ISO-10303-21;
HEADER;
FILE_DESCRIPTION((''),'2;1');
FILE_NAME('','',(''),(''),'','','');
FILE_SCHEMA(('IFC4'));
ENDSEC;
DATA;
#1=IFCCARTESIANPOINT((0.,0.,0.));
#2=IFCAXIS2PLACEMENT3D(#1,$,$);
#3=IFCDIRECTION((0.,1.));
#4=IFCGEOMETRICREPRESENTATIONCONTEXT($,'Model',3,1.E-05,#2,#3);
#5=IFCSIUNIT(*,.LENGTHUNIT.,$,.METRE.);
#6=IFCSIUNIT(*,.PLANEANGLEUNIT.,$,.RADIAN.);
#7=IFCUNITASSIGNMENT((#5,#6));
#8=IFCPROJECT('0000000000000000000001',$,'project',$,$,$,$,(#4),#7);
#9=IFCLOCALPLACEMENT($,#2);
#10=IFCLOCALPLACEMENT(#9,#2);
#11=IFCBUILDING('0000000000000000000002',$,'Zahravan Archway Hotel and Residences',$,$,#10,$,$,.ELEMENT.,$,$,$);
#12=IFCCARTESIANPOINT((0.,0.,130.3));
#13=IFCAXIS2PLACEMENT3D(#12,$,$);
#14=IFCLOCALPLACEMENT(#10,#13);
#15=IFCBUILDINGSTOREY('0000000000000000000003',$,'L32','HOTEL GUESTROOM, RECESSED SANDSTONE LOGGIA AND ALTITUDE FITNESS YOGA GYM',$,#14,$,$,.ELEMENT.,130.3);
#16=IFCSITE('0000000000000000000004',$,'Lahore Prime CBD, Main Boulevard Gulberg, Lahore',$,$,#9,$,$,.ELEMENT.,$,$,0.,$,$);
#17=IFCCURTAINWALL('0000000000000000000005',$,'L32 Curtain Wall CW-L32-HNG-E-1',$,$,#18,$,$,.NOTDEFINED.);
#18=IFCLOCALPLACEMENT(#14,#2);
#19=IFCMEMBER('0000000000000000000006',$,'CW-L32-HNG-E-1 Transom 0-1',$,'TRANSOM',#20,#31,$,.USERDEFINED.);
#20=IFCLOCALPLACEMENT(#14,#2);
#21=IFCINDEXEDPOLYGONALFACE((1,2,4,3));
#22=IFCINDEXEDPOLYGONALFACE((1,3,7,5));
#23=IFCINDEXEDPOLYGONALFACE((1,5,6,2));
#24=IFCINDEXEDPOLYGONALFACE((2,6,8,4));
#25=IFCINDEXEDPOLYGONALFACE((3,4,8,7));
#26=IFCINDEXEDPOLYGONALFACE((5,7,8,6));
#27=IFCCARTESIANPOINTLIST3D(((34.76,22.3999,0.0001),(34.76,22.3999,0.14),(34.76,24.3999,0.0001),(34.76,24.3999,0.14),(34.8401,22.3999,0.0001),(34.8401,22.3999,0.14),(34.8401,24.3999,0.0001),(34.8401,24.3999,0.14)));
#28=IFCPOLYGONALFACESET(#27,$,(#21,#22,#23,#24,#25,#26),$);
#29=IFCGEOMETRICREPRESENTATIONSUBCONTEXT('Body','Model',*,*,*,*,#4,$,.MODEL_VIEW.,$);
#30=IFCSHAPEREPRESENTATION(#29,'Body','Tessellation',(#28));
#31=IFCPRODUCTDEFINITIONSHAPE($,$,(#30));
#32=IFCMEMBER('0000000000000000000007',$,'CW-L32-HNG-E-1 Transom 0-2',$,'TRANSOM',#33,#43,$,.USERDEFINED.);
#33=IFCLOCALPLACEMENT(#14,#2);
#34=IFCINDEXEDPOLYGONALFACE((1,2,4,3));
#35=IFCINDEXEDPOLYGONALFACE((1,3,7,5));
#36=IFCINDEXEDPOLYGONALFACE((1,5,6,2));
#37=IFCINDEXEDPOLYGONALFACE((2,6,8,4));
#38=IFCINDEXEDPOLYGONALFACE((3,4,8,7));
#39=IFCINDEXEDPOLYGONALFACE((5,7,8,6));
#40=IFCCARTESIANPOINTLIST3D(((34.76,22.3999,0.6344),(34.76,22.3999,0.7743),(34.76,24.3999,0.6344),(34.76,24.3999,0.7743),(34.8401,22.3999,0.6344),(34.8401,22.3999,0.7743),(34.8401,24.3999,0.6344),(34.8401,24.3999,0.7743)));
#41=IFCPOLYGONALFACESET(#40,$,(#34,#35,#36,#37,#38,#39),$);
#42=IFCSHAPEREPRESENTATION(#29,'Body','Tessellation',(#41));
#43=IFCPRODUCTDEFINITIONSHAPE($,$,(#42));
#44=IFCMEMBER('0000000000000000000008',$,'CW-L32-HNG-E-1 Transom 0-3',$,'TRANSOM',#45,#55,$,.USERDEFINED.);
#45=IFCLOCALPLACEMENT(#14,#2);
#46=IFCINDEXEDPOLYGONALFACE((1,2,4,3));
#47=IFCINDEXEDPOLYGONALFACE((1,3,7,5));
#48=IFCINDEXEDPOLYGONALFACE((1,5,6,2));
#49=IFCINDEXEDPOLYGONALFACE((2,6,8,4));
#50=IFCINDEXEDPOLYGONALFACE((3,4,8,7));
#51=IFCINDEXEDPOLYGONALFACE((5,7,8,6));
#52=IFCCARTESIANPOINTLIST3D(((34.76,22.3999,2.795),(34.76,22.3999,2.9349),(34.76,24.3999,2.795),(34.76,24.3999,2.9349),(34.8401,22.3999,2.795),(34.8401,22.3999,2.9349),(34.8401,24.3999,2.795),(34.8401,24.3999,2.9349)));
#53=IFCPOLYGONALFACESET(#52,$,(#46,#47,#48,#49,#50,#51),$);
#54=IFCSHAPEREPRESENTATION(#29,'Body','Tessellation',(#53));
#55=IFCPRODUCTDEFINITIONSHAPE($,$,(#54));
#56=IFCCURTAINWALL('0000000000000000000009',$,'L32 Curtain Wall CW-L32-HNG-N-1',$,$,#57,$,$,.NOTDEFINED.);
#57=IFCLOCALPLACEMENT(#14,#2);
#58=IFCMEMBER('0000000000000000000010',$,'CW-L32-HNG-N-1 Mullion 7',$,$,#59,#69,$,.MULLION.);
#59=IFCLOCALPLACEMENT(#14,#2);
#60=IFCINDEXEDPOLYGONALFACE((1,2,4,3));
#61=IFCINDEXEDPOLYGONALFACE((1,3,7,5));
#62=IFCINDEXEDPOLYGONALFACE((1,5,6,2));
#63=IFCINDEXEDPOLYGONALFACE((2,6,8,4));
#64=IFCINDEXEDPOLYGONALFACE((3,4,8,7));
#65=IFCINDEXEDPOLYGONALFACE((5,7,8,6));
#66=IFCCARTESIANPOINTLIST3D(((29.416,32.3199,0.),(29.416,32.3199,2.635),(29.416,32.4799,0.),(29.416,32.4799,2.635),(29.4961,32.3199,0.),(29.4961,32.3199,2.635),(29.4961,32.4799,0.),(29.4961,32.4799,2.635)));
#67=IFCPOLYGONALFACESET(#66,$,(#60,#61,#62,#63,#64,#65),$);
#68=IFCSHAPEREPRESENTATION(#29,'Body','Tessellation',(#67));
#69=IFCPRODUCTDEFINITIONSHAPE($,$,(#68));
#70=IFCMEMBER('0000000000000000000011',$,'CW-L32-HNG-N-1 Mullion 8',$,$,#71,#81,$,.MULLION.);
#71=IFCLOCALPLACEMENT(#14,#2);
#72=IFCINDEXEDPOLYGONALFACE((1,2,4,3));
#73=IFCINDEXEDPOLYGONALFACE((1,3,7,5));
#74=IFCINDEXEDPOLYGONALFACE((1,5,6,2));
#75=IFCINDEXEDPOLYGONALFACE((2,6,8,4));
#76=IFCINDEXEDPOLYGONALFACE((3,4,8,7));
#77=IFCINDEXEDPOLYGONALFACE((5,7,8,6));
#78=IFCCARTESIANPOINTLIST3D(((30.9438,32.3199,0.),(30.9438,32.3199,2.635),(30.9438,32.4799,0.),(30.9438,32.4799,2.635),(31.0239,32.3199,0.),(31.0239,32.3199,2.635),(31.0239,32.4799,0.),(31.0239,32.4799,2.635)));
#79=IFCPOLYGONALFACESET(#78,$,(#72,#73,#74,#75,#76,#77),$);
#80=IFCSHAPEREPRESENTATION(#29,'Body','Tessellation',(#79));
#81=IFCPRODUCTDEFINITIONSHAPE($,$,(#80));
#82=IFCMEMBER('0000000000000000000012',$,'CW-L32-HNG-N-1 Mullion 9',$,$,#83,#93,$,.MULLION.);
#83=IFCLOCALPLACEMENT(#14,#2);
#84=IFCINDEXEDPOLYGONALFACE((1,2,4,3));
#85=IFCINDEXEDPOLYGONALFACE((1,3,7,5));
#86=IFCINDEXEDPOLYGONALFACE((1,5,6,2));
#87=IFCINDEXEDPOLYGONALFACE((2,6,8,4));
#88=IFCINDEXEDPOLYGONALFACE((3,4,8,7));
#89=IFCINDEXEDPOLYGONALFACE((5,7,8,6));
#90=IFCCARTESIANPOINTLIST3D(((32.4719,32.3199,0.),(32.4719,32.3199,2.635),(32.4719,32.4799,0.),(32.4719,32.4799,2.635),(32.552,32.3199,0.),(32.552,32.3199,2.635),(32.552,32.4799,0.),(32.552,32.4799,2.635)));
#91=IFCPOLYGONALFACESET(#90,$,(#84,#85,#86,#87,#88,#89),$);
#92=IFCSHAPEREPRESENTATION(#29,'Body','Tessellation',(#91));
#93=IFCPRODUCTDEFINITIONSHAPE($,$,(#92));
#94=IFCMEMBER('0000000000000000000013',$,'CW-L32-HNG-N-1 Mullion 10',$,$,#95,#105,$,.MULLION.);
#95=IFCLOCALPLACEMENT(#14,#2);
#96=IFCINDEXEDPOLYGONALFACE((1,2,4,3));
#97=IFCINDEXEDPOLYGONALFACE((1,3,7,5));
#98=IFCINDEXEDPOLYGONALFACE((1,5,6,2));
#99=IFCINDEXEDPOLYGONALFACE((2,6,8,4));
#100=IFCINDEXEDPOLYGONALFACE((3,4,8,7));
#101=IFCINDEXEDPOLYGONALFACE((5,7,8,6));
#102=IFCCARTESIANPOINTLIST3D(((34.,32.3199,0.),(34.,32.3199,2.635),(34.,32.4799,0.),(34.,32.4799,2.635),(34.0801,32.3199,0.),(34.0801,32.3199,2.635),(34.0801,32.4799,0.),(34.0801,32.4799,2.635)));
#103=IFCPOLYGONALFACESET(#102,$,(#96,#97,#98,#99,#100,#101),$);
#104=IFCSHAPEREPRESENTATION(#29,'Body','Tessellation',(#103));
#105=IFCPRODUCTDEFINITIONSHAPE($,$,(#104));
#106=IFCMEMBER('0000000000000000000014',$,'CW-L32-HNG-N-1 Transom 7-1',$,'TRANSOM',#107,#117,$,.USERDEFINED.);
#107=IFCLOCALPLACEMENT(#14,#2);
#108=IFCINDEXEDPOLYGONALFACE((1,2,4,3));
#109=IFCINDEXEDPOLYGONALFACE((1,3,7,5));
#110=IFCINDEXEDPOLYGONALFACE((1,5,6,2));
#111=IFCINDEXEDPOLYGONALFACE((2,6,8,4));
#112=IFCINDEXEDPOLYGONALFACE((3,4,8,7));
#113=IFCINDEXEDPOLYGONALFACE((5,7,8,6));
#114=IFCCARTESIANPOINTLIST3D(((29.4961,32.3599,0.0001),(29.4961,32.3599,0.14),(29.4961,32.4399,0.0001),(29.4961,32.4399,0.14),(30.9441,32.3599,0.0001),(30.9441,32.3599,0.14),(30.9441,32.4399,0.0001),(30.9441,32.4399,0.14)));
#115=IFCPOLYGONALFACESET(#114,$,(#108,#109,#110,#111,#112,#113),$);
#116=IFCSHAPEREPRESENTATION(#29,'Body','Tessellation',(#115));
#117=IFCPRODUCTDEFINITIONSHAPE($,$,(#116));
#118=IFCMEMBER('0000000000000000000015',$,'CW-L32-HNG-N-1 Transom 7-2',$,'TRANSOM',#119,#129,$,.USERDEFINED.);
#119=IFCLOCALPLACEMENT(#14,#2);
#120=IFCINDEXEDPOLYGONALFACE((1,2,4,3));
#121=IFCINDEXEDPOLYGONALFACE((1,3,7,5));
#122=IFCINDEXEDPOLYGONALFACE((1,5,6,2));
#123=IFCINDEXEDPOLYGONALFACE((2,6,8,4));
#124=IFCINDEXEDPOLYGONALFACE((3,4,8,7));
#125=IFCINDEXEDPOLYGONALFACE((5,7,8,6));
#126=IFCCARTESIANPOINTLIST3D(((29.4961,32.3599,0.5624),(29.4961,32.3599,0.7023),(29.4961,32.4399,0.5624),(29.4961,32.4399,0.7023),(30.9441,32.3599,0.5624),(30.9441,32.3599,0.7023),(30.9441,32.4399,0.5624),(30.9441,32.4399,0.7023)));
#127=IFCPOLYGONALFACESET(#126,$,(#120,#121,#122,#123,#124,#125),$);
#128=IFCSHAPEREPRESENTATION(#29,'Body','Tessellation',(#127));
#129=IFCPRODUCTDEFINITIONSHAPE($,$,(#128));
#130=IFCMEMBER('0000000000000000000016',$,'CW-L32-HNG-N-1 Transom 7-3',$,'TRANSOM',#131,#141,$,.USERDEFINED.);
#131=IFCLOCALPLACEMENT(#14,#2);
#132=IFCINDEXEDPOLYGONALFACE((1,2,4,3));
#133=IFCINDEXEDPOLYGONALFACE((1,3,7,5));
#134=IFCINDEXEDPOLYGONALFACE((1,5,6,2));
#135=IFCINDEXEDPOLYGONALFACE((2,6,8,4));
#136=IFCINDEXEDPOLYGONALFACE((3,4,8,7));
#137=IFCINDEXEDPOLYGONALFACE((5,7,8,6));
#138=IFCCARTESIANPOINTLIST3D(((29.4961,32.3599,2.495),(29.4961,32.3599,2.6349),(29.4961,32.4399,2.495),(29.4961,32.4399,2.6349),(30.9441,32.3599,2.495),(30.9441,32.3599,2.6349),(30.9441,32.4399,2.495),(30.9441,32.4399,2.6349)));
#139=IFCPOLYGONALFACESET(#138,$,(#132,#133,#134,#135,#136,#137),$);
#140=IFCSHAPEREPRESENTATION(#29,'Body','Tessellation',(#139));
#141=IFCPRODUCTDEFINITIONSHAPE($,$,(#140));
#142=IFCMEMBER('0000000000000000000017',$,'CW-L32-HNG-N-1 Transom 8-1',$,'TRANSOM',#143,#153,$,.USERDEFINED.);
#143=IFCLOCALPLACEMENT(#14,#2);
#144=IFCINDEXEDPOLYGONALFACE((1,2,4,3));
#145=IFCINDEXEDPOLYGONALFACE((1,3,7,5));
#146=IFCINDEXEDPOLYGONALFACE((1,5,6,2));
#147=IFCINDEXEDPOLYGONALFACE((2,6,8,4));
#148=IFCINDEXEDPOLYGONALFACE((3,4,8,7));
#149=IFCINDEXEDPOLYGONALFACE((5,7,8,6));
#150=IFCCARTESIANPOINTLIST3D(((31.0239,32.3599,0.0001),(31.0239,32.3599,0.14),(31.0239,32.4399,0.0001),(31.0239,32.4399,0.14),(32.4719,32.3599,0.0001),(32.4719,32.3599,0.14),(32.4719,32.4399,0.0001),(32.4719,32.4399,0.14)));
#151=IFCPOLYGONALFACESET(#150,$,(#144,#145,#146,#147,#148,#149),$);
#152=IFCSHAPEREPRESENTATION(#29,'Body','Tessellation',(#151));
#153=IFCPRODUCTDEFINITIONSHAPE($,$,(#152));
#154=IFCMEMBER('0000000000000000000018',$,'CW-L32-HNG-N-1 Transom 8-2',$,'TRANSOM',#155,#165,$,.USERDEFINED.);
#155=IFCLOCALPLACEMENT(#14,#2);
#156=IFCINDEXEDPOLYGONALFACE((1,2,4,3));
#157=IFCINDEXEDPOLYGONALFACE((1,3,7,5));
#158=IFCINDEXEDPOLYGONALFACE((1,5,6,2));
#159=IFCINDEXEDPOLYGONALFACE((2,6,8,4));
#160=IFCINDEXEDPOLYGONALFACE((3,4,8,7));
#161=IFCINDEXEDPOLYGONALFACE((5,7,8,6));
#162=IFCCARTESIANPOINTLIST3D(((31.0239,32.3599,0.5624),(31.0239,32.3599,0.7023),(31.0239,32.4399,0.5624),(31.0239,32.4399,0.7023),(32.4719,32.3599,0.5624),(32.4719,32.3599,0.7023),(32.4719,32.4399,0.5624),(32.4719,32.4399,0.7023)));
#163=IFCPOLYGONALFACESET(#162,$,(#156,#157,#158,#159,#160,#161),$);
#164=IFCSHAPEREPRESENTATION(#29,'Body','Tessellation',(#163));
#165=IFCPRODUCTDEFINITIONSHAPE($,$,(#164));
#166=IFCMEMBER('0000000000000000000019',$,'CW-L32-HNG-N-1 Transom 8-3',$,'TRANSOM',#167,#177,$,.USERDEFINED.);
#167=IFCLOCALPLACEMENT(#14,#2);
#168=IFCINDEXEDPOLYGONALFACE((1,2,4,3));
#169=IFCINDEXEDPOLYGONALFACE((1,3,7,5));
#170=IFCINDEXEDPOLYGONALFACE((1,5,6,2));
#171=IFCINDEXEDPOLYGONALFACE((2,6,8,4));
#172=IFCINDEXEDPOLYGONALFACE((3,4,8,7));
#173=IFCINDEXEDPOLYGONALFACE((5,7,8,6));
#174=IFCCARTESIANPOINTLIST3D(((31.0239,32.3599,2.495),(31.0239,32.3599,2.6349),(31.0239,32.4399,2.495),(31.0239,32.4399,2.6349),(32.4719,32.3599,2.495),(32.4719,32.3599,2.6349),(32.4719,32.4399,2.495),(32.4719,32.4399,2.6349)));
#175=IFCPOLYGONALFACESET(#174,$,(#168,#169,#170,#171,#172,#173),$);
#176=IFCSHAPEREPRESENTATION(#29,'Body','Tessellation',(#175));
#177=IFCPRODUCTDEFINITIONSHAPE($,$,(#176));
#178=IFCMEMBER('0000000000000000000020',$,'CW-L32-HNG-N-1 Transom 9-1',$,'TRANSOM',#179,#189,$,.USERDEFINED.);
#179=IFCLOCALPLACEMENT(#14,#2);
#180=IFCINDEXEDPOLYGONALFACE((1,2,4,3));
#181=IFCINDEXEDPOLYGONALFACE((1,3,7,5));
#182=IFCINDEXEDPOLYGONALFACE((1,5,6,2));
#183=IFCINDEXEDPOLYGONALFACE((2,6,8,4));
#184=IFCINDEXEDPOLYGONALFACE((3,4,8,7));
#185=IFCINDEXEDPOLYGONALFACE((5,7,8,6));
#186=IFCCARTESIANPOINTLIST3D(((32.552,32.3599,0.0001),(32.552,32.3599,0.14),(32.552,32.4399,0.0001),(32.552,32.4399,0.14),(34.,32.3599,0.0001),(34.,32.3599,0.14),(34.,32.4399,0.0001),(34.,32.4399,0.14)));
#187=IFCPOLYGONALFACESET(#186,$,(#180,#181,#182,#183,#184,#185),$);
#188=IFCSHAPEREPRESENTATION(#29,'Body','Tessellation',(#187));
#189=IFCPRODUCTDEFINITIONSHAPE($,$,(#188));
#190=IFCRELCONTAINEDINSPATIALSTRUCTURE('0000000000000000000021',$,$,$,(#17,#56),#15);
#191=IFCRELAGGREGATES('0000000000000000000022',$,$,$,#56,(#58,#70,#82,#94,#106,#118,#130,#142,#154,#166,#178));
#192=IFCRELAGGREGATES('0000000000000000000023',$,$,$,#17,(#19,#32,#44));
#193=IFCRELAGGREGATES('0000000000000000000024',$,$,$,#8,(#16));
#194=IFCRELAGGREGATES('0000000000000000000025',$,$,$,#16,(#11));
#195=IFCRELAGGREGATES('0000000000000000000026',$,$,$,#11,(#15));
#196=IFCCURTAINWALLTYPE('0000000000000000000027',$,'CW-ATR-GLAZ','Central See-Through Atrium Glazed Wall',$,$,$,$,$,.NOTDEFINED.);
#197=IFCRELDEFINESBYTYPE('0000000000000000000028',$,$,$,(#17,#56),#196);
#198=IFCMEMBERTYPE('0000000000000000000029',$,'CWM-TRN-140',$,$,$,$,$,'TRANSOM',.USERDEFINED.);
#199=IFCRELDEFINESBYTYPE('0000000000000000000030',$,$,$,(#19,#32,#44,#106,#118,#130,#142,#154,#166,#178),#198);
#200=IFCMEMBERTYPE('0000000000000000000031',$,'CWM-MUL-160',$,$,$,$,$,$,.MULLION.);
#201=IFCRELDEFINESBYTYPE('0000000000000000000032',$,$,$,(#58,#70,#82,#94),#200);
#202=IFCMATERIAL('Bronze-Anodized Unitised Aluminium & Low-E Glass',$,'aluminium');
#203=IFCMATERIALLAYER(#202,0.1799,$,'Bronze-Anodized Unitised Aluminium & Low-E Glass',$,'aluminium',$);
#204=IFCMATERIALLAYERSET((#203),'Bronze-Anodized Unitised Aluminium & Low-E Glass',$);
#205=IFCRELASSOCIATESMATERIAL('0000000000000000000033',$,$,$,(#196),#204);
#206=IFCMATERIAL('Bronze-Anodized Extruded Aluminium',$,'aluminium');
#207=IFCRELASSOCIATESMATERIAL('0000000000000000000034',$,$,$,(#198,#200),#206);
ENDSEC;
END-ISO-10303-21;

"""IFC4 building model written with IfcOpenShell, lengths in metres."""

from ifc_helpers import new_model, si_unit, direction, frame, origin, origin_2d, place, context, subcontext, project, spatial, rectangle, extrude, source, transform, mapped, material, layer, layer_set, material_profile, profile_set, type_object, element, aggregate, save


model = new_model("IFC4")

# Units and contexts
model_context = context("Model", 3, precision=1e-05, world=origin(), true_north=direction((0.0, 1.0)))
body_context = subcontext(model_context, "Body", "Model", "MODEL_VIEW")
ifc_project = project(units=[si_unit("LENGTHUNIT", "METRE"), si_unit("PLANEANGLEUNIT", "RADIAN")], contexts=[model_context])

# Site, building, storey
site_placement = place(None, origin())
site = spatial("IfcSite", under=ifc_project, at=site_placement, Name="Lahore Prime CBD, Main Boulevard Gulberg, Lahore", CompositionType="ELEMENT", RefElevation=0.0)
building_placement = place(site_placement, origin())
building = spatial("IfcBuilding", under=site, at=building_placement, Name="Zahravan Archway Hotel and Residences", CompositionType="ELEMENT")
storey_placement = place(building_placement, frame((0.0, 0.0, 130.3)))
storey = spatial("IfcBuildingStorey", under=building, at=storey_placement, Name="L32", Description="HOTEL GUESTROOM, RECESSED SANDSTONE LOGGIA AND ALTITUDE FITNESS YOGA GYM", CompositionType="ELEMENT", Elevation=130.3)

# Curtain walls, members
ifc_material_1 = material(Name="Bronze-Anodized Unitised Aluminium & Low-E Glass", Category="aluminium")
ifc_layer_1 = layer(ifc_material_1, 0.1799, Name="Bronze-Anodized Unitised Aluminium & Low-E Glass", Category="aluminium")
ifc_layer_set_1 = layer_set([ifc_layer_1], Name="Bronze-Anodized Unitised Aluminium & Low-E Glass")
curtain_wall_type = type_object("IfcCurtainWallType", Name="CW-ATR-GLAZ", Description="Central See-Through Atrium Glazed Wall", PredefinedType="NOTDEFINED", material=ifc_layer_set_1)
curtain_wall_1_placement = place(storey_placement, origin())
curtain_wall_1 = element("IfcCurtainWall", 1, at=curtain_wall_1_placement, inside=storey, type_object=curtain_wall_type, Name="L32 Curtain Wall CW-L32-HNG-E-1", PredefinedType="NOTDEFINED")
ifc_material_2 = material(Name="Bronze-Anodized Extruded Aluminium", Category="aluminium")
ifc_material_profile_1 = material_profile(ifc_material_2, rectangle(XDim=0.0801, YDim=0.1399, at=origin_2d()), Name="TRN 80x140", Category="aluminium")
ifc_profile_set_1 = profile_set([ifc_material_profile_1], Name="Bronze-Anodized Extruded Aluminium")
member_type_1 = type_object("IfcMemberType", Name="CWM-TRN-140", ElementType="TRANSOM", PredefinedType="USERDEFINED", material=ifc_profile_set_1)
shared_shape_1 = source(origin(), body_context, "Body", "SweptSolid", [
    extrude(rectangle(XDim=0.0801, YDim=0.1399, at=origin_2d()), origin(), (0.0, 0.0, 1.0), 2.0),
])
member_1_placement = place(storey_placement, frame((34.8, 22.3999, 0.0701), z_axis=(0.0, 1.0, 0.0), x_axis=(-1.0, 0.0, 0.0)))
member_1 = element("IfcMember", 2, at=member_1_placement, type_object=member_type_1, Name="CW-L32-HNG-E-1 Transom 0-1", ObjectType="TRANSOM", PredefinedType="USERDEFINED", context=body_context, shape_type="MappedRepresentation", body=[
    mapped(shared_shape_1, transform((0.0, 0.0, 0.0), scale=1.0)),
])
member_2_placement = place(storey_placement, frame((34.8, 22.3999, 0.7043), z_axis=(0.0, 1.0, 0.0), x_axis=(-1.0, 0.0, 0.0)))
member_2 = element("IfcMember", 3, at=member_2_placement, type_object=member_type_1, Name="CW-L32-HNG-E-1 Transom 0-2", ObjectType="TRANSOM", PredefinedType="USERDEFINED", context=body_context, shape_type="MappedRepresentation", body=[
    mapped(shared_shape_1, transform((0.0, 0.0, 0.0), scale=1.0)),
])
member_3_placement = place(storey_placement, frame((34.8, 22.3999, 2.865), z_axis=(0.0, 1.0, 0.0), x_axis=(-1.0, 0.0, 0.0)))
member_3 = element("IfcMember", 4, at=member_3_placement, type_object=member_type_1, Name="CW-L32-HNG-E-1 Transom 0-3", ObjectType="TRANSOM", PredefinedType="USERDEFINED", context=body_context, shape_type="MappedRepresentation", body=[
    mapped(shared_shape_1, transform((0.0, 0.0, 0.0), scale=1.0)),
])
curtain_wall_2_placement = place(storey_placement, origin())
curtain_wall_2 = element("IfcCurtainWall", 5, at=curtain_wall_2_placement, inside=storey, type_object=curtain_wall_type, Name="L32 Curtain Wall CW-L32-HNG-N-1", PredefinedType="NOTDEFINED")
ifc_material_profile_2 = material_profile(ifc_material_2, rectangle(XDim=0.0801, YDim=0.1599, at=origin_2d()), Name="MUL 80x160", Category="aluminium")
ifc_profile_set_2 = profile_set([ifc_material_profile_2], Name="Bronze-Anodized Extruded Aluminium")
member_type_2 = type_object("IfcMemberType", Name="CWM-MUL-160", PredefinedType="MULLION", material=ifc_profile_set_2)
shared_shape_2 = source(origin(), body_context, "Body", "SweptSolid", [
    extrude(rectangle(XDim=0.0801, YDim=0.1599, at=origin_2d()), origin(), (0.0, 0.0, 1.0), 2.635),
])
member_4_placement = place(storey_placement, frame((29.4561, 32.3999, 0.0), z_axis=(0.0, 0.0, 1.0), x_axis=(1.0, 0.0, 0.0)))
member_4 = element("IfcMember", 6, at=member_4_placement, type_object=member_type_2, Name="CW-L32-HNG-N-1 Mullion 7", PredefinedType="MULLION", context=body_context, shape_type="MappedRepresentation", body=[
    mapped(shared_shape_2, transform((0.0, 0.0, 0.0), scale=1.0)),
])
member_5_placement = place(storey_placement, frame((30.9839, 32.3999, 0.0), z_axis=(0.0, 0.0, 1.0), x_axis=(1.0, 0.0, 0.0)))
member_5 = element("IfcMember", 7, at=member_5_placement, type_object=member_type_2, Name="CW-L32-HNG-N-1 Mullion 8", PredefinedType="MULLION", context=body_context, shape_type="MappedRepresentation", body=[
    mapped(shared_shape_2, transform((0.0, 0.0, 0.0), scale=1.0)),
])
member_6_placement = place(storey_placement, frame((32.512, 32.3999, 0.0), z_axis=(0.0, 0.0, 1.0), x_axis=(1.0, 0.0, 0.0)))
member_6 = element("IfcMember", 8, at=member_6_placement, type_object=member_type_2, Name="CW-L32-HNG-N-1 Mullion 9", PredefinedType="MULLION", context=body_context, shape_type="MappedRepresentation", body=[
    mapped(shared_shape_2, transform((0.0, 0.0, 0.0), scale=1.0)),
])
member_7_placement = place(storey_placement, frame((34.04, 32.3999, 0.0), z_axis=(0.0, 0.0, 1.0), x_axis=(1.0, 0.0, 0.0)))
member_7 = element("IfcMember", 9, at=member_7_placement, type_object=member_type_2, Name="CW-L32-HNG-N-1 Mullion 10", PredefinedType="MULLION", context=body_context, shape_type="MappedRepresentation", body=[
    mapped(shared_shape_2, transform((0.0, 0.0, 0.0), scale=1.0)),
])
shared_shape_3 = source(origin(), body_context, "Body", "SweptSolid", [
    extrude(rectangle(XDim=0.0801, YDim=0.1399, at=origin_2d()), origin(), (0.0, 0.0, 1.0), 1.448),
])
member_8_placement = place(storey_placement, frame((29.4961, 32.3999, 0.0701), z_axis=(1.0, 0.0, 0.0), x_axis=(0.0, 1.0, 0.0)))
member_8 = element("IfcMember", 10, at=member_8_placement, type_object=member_type_1, Name="CW-L32-HNG-N-1 Transom 7-1", ObjectType="TRANSOM", PredefinedType="USERDEFINED", context=body_context, shape_type="MappedRepresentation", body=[
    mapped(shared_shape_3, transform((0.0, 0.0, 0.0), scale=1.0)),
])
member_9_placement = place(storey_placement, frame((29.4961, 32.3999, 0.6323), z_axis=(1.0, 0.0, 0.0), x_axis=(0.0, 1.0, 0.0)))
member_9 = element("IfcMember", 11, at=member_9_placement, type_object=member_type_1, Name="CW-L32-HNG-N-1 Transom 7-2", ObjectType="TRANSOM", PredefinedType="USERDEFINED", context=body_context, shape_type="MappedRepresentation", body=[
    mapped(shared_shape_3, transform((0.0, 0.0, 0.0), scale=1.0)),
])
member_10_placement = place(storey_placement, frame((29.4961, 32.3999, 2.5649), z_axis=(1.0, 0.0, 0.0), x_axis=(0.0, 1.0, 0.0)))
member_10 = element("IfcMember", 12, at=member_10_placement, type_object=member_type_1, Name="CW-L32-HNG-N-1 Transom 7-3", ObjectType="TRANSOM", PredefinedType="USERDEFINED", context=body_context, shape_type="MappedRepresentation", body=[
    mapped(shared_shape_3, transform((0.0, 0.0, 0.0), scale=1.0)),
])
member_11_placement = place(storey_placement, frame((31.0239, 32.3999, 0.0701), z_axis=(1.0, 0.0, 0.0), x_axis=(0.0, 1.0, 0.0)))
member_11 = element("IfcMember", 13, at=member_11_placement, type_object=member_type_1, Name="CW-L32-HNG-N-1 Transom 8-1", ObjectType="TRANSOM", PredefinedType="USERDEFINED", context=body_context, shape_type="MappedRepresentation", body=[
    mapped(shared_shape_3, transform((0.0, 0.0, 0.0), scale=1.0)),
])
member_12_placement = place(storey_placement, frame((31.0239, 32.3999, 0.6323), z_axis=(1.0, 0.0, 0.0), x_axis=(0.0, 1.0, 0.0)))
member_12 = element("IfcMember", 14, at=member_12_placement, type_object=member_type_1, Name="CW-L32-HNG-N-1 Transom 8-2", ObjectType="TRANSOM", PredefinedType="USERDEFINED", context=body_context, shape_type="MappedRepresentation", body=[
    mapped(shared_shape_3, transform((0.0, 0.0, 0.0), scale=1.0)),
])
member_13_placement = place(storey_placement, frame((31.0239, 32.3999, 2.5649), z_axis=(1.0, 0.0, 0.0), x_axis=(0.0, 1.0, 0.0)))
member_13 = element("IfcMember", 15, at=member_13_placement, type_object=member_type_1, Name="CW-L32-HNG-N-1 Transom 8-3", ObjectType="TRANSOM", PredefinedType="USERDEFINED", context=body_context, shape_type="MappedRepresentation", body=[
    mapped(shared_shape_3, transform((0.0, 0.0, 0.0), scale=1.0)),
])
member_14_placement = place(storey_placement, frame((32.552, 32.3999, 0.0701), z_axis=(1.0, 0.0, 0.0), x_axis=(0.0, 1.0, 0.0)))
member_14 = element("IfcMember", 16, at=member_14_placement, type_object=member_type_1, Name="CW-L32-HNG-N-1 Transom 9-1", ObjectType="TRANSOM", PredefinedType="USERDEFINED", context=body_context, shape_type="MappedRepresentation", body=[
    mapped(shared_shape_3, transform((0.0, 0.0, 0.0), scale=1.0)),
])

aggregate(curtain_wall_2, [member_4, member_5, member_6, member_7, member_8, member_9, member_10, member_11, member_12, member_13, member_14])
aggregate(curtain_wall_1, [member_1, member_2, member_3])

save(model, "model.ifc")
